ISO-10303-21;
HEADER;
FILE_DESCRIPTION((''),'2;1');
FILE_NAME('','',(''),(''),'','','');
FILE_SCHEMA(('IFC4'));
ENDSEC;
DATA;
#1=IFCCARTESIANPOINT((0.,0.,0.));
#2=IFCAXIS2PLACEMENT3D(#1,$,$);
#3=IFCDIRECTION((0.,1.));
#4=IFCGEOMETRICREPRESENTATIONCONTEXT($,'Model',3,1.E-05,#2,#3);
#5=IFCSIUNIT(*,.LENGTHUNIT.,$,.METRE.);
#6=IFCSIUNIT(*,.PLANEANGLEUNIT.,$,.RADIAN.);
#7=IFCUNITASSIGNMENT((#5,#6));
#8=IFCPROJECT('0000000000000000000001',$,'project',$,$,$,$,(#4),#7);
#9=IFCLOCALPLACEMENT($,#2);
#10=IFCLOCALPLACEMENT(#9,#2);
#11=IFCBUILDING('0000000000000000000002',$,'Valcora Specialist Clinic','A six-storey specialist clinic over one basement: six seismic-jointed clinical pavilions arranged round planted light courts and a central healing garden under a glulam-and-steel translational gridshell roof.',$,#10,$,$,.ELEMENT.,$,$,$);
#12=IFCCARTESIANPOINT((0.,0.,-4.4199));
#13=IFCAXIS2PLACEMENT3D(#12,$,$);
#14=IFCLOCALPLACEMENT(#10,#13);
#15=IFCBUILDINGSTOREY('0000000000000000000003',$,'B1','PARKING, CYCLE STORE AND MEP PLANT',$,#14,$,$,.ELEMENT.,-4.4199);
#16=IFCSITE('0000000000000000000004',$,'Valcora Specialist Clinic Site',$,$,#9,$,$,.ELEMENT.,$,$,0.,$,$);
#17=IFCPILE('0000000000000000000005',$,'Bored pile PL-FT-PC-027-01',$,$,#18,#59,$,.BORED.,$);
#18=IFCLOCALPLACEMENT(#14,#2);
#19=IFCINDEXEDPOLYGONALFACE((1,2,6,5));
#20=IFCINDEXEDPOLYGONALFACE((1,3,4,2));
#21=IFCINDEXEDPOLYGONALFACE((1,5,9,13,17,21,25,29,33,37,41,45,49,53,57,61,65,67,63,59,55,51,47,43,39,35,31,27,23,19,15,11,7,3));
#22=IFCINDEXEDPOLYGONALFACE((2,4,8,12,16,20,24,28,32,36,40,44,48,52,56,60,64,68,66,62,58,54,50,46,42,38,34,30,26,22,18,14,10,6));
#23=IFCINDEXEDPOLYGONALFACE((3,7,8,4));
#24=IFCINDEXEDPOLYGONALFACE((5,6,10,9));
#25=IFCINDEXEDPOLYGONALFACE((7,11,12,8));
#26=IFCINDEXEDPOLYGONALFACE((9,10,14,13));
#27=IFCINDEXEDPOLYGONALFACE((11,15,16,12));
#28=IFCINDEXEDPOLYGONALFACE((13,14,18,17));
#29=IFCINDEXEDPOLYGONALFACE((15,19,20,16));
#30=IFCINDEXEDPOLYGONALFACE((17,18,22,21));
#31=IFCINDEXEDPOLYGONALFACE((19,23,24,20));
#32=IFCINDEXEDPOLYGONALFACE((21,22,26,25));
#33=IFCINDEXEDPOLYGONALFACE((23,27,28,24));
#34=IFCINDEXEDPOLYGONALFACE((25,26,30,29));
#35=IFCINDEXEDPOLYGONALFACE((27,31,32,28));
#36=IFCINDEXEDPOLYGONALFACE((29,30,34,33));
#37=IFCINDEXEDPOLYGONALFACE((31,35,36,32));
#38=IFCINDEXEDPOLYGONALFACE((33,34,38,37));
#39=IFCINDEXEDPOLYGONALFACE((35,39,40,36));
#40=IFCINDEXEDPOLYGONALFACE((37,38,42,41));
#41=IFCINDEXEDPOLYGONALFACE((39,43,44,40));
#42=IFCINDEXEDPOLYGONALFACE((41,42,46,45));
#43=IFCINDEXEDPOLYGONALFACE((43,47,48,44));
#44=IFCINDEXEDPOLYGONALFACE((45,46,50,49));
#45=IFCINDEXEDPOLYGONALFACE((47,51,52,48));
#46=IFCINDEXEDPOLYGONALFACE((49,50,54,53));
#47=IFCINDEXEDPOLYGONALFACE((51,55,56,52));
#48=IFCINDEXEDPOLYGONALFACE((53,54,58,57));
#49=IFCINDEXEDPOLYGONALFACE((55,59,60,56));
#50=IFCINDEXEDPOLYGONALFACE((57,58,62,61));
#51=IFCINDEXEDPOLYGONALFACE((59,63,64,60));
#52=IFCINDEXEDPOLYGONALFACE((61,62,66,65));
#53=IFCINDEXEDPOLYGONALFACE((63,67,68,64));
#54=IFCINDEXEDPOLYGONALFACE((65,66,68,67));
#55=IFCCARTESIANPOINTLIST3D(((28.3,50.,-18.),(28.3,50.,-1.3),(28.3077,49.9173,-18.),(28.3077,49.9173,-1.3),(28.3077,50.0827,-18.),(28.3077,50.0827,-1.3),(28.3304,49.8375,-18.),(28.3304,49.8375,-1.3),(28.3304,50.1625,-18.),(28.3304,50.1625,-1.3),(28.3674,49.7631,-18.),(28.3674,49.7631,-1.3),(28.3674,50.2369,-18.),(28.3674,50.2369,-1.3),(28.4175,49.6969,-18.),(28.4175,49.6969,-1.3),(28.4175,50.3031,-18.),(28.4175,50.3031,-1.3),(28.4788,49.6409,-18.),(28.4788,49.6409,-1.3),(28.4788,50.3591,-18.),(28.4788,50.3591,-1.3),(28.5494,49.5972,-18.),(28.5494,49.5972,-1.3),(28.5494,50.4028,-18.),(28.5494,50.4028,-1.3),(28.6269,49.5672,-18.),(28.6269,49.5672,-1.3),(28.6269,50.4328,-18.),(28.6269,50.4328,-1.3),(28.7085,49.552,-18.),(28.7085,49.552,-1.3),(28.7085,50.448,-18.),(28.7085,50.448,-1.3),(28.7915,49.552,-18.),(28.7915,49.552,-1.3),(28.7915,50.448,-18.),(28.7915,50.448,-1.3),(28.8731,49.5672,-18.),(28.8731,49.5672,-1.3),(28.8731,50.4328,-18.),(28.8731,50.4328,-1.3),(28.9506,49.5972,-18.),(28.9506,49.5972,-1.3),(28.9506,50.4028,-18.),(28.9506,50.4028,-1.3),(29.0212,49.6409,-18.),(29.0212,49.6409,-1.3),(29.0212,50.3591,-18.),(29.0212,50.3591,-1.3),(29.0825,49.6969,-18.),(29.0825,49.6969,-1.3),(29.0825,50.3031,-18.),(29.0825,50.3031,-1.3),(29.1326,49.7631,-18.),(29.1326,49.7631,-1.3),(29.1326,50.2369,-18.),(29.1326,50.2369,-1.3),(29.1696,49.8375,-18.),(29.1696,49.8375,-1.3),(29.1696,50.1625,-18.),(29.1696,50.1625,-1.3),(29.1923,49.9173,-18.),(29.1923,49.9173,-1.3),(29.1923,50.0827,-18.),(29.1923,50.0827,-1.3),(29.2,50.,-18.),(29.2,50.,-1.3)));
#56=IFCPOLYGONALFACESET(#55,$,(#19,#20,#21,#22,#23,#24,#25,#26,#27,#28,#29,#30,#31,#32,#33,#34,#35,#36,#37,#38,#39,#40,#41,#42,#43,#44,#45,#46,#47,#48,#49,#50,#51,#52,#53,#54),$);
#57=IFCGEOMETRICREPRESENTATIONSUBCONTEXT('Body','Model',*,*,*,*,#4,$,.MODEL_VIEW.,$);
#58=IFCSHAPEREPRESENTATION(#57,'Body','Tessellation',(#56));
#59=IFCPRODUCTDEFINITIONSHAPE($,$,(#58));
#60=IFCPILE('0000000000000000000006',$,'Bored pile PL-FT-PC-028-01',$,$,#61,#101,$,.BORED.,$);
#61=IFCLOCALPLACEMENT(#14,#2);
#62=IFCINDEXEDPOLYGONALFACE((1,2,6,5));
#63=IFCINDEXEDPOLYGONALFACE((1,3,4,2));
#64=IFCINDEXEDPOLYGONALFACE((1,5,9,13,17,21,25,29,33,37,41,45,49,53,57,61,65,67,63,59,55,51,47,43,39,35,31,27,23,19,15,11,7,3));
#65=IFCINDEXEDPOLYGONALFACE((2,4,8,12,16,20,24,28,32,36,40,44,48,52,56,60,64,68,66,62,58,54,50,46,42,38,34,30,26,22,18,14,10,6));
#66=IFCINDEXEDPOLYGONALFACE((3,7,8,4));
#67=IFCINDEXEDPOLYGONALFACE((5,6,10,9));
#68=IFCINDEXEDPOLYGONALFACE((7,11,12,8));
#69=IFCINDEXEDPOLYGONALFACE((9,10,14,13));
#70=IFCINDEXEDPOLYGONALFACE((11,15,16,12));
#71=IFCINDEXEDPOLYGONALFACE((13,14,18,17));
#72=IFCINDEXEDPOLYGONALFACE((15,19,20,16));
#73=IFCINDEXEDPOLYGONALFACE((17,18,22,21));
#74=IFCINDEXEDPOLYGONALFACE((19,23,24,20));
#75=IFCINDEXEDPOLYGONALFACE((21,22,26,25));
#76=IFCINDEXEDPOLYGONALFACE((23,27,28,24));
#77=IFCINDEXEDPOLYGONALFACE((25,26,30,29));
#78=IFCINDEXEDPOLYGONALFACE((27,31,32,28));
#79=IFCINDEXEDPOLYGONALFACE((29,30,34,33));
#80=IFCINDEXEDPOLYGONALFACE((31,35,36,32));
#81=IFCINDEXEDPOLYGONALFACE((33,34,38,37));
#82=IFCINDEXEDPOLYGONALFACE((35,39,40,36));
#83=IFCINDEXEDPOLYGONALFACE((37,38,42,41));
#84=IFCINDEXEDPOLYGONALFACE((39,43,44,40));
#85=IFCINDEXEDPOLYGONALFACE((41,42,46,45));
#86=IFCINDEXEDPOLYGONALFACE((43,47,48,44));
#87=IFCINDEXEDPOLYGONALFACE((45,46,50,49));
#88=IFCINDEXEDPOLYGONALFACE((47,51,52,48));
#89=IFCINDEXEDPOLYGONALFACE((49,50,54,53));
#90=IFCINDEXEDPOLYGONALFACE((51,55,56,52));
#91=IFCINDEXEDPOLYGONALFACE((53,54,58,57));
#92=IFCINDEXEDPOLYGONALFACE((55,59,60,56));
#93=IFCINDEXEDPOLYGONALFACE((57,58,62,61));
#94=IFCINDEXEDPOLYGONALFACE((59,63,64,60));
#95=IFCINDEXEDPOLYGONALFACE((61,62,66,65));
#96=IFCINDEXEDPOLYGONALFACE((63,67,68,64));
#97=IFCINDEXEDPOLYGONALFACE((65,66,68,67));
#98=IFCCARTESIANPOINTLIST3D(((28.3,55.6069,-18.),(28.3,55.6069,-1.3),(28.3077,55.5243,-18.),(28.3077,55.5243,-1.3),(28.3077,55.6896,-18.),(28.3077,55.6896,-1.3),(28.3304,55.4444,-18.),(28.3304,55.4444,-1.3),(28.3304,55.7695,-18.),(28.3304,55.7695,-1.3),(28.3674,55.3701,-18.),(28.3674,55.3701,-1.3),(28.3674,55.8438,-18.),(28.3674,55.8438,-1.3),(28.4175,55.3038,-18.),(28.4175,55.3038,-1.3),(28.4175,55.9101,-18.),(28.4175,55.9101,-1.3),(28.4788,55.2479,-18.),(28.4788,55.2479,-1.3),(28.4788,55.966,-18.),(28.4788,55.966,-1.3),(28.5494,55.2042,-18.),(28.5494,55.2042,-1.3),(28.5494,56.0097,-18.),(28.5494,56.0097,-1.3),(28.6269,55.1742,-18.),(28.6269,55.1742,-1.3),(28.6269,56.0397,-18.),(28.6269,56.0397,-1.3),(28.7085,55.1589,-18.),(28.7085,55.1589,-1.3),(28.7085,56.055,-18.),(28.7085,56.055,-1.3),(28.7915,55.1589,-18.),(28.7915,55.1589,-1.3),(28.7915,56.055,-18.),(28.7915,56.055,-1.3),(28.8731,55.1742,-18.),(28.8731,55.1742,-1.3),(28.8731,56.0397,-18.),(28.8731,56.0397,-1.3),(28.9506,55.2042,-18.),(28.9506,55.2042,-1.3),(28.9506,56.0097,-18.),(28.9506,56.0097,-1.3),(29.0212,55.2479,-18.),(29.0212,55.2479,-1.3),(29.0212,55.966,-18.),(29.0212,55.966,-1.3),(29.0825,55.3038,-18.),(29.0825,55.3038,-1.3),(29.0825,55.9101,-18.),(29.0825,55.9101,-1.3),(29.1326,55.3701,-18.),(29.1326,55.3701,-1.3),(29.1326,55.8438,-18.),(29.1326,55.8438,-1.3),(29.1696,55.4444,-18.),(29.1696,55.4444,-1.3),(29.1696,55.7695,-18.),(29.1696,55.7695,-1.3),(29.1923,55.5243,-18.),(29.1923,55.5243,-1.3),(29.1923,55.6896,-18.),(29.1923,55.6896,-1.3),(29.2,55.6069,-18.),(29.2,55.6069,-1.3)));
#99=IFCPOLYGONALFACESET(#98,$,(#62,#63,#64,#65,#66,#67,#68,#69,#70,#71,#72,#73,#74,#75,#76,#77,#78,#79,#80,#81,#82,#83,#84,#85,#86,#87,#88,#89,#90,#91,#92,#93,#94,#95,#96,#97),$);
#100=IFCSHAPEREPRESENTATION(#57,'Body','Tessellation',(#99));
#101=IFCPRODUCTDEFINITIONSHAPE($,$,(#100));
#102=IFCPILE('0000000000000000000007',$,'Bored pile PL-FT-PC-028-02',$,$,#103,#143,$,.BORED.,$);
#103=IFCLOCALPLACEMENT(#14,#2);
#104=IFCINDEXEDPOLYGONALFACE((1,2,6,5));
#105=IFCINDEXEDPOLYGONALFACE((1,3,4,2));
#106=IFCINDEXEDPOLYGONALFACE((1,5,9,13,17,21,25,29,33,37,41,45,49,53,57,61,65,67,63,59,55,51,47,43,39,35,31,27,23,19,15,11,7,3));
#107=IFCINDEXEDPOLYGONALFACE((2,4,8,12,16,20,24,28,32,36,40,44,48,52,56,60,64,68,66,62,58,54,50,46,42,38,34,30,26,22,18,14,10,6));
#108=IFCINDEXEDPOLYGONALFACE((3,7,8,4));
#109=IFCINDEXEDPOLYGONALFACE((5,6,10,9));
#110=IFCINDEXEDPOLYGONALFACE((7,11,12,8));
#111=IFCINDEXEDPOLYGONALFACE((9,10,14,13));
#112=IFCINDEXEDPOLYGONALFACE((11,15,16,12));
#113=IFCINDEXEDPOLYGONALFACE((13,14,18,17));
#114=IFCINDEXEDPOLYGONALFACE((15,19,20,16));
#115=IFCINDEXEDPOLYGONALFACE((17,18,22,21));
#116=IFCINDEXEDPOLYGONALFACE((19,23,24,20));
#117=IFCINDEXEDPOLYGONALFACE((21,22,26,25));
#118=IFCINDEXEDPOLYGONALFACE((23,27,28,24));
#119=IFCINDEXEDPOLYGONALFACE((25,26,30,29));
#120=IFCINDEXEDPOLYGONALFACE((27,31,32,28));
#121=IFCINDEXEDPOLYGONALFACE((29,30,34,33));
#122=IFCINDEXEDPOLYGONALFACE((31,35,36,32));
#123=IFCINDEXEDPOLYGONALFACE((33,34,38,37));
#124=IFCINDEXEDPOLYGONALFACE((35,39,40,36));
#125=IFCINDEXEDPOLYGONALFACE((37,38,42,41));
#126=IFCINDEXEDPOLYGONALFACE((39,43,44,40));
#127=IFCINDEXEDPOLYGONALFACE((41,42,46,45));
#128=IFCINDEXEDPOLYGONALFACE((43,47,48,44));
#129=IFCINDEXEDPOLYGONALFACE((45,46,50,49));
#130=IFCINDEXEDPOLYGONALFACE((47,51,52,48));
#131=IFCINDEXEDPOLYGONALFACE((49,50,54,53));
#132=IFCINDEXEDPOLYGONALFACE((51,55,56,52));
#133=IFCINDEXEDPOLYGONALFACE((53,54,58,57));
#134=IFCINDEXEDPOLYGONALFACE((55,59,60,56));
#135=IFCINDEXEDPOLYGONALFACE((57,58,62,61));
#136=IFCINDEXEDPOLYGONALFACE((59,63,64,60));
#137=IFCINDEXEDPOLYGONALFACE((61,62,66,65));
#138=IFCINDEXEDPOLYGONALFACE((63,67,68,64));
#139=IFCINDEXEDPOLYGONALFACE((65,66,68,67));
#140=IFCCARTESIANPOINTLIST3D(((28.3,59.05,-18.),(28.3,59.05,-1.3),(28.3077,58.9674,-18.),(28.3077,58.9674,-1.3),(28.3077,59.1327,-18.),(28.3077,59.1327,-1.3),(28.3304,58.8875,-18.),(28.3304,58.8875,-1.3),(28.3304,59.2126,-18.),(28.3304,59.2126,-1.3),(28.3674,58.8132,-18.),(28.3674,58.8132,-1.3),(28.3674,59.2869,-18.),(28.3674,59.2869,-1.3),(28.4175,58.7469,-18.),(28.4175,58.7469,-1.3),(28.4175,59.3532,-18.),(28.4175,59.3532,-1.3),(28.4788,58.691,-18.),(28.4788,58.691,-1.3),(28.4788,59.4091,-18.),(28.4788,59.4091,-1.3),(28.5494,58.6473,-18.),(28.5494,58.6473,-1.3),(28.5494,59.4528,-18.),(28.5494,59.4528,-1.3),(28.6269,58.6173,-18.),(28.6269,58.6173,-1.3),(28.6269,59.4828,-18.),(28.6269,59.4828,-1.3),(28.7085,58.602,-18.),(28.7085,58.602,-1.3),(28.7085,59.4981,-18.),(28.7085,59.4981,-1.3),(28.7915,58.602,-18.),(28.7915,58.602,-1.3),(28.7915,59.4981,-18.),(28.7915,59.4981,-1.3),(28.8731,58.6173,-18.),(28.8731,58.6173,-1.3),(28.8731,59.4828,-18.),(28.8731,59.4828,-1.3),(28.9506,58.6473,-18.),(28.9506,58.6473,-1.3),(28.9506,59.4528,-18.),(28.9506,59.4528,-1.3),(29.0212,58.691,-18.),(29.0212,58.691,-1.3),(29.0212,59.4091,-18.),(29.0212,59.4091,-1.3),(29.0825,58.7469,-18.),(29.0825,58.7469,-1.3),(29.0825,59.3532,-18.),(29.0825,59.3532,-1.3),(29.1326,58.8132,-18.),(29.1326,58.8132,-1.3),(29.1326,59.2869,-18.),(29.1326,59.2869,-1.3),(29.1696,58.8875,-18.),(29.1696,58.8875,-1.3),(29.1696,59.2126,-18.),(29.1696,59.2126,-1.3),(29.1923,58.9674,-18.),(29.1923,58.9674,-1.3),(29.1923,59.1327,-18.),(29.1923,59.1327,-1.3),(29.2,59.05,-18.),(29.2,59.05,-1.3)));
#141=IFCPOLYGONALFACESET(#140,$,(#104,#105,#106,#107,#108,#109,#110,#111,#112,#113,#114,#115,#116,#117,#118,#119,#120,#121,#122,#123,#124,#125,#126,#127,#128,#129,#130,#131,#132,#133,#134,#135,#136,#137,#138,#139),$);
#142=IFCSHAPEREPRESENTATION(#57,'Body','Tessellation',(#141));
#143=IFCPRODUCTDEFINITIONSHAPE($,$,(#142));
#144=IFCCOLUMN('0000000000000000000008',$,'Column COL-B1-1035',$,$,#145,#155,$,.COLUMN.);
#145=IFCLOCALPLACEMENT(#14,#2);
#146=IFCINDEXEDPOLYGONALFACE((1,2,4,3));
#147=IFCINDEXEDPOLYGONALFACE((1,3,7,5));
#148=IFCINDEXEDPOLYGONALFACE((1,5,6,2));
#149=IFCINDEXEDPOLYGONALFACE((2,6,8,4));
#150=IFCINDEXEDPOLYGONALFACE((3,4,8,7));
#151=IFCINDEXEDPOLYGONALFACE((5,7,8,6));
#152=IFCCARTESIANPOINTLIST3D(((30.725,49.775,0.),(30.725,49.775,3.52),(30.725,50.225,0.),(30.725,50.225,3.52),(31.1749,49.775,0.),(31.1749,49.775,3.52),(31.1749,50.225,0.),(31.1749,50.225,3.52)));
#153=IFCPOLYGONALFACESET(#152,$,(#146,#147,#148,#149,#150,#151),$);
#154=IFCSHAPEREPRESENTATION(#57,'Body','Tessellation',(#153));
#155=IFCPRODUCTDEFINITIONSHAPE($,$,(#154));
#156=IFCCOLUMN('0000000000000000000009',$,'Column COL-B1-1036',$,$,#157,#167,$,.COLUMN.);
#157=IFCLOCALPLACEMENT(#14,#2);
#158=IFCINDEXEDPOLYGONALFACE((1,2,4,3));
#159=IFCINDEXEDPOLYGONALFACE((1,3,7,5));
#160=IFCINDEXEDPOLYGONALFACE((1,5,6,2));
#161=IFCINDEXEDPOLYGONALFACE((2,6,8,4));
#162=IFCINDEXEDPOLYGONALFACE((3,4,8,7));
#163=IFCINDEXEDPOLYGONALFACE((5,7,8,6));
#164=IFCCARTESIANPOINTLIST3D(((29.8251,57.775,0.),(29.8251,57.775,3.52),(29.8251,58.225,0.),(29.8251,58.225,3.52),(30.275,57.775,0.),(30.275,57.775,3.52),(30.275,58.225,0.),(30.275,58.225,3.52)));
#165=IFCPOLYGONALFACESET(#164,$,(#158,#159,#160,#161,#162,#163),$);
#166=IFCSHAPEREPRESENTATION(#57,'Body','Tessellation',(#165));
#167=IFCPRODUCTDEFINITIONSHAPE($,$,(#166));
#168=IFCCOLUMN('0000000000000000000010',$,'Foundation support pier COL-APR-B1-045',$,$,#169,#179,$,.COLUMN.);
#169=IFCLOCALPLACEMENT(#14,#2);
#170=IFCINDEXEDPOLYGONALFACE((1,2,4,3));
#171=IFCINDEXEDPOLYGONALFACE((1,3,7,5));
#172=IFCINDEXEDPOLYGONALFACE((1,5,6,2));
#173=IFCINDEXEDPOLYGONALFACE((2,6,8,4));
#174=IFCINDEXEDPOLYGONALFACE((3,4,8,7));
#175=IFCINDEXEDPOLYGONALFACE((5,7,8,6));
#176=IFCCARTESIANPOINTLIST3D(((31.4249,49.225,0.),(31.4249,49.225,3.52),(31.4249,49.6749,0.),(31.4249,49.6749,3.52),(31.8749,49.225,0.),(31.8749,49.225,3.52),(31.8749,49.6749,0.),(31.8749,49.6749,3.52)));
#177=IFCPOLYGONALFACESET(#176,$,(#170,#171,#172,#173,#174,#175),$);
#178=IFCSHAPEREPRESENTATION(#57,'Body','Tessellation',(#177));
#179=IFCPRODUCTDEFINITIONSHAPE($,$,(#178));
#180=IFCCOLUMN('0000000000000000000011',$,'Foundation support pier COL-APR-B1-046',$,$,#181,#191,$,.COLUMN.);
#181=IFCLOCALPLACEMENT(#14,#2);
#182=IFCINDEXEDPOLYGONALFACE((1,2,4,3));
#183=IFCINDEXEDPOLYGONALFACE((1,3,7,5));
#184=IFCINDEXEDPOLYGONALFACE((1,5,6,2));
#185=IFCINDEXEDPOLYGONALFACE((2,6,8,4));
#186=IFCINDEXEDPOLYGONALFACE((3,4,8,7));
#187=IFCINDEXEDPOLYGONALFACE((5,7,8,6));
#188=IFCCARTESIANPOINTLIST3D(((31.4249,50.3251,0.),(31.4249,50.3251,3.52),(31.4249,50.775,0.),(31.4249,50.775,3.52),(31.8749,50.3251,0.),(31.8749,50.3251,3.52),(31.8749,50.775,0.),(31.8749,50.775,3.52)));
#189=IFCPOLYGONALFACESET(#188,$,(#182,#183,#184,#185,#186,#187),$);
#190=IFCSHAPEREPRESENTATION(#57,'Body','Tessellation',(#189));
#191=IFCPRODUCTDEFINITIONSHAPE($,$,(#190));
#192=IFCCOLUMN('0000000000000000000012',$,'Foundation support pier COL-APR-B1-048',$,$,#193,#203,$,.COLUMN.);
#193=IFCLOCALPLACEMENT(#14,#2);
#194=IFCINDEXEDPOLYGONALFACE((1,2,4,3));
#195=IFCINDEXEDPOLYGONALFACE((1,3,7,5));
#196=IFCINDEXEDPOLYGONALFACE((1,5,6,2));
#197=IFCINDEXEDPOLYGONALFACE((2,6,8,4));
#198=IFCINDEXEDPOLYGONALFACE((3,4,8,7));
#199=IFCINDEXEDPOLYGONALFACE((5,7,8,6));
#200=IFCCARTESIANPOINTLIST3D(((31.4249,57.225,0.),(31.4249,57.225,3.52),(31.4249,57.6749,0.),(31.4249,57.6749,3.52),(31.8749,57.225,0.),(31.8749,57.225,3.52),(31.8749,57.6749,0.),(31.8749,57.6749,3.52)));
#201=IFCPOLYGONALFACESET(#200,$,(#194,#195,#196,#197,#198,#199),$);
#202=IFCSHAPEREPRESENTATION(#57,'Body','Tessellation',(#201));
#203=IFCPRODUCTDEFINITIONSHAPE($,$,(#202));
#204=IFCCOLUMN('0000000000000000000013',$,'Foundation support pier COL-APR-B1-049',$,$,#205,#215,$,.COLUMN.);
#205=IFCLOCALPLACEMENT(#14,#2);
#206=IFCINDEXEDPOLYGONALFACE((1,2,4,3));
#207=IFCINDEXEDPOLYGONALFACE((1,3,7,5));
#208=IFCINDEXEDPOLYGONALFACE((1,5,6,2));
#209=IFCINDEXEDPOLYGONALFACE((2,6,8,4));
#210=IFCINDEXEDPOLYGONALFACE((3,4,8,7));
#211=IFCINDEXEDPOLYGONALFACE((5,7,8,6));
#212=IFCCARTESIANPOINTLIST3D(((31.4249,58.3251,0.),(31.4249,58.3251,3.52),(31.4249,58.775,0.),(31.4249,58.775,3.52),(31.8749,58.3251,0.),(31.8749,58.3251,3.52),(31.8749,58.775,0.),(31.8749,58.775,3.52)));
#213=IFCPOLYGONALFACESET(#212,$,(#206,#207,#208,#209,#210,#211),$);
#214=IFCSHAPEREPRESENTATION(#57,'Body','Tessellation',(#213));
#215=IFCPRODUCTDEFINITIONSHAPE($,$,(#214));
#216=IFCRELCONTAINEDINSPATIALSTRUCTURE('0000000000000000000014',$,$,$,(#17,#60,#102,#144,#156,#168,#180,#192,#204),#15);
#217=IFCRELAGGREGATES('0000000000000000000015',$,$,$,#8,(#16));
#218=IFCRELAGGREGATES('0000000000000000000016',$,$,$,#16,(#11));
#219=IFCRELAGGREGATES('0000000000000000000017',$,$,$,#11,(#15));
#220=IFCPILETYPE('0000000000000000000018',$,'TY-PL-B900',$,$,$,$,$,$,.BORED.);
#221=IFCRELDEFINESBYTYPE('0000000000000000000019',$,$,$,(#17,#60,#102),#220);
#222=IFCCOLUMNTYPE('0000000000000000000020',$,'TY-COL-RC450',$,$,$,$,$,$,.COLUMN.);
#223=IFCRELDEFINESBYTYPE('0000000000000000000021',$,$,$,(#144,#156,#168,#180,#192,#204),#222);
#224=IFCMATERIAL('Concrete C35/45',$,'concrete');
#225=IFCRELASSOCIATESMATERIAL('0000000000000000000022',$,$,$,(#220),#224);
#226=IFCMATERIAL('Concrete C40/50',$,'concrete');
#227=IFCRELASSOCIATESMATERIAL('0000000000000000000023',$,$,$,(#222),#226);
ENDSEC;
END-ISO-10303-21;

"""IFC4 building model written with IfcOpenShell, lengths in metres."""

from ifc_helpers import new_model, si_unit, direction, frame, origin, origin_2d, place, context, subcontext, project, spatial, rectangle, circle, extrude, material, material_profile, profile_set, type_object, element, save


model = new_model("IFC4")

# Units and contexts
model_context = context("Model", 3, precision=1e-05, world=origin(), true_north=direction((0.0, 1.0)))
body_context = subcontext(model_context, "Body", "Model", "MODEL_VIEW")
ifc_project = project(units=[si_unit("LENGTHUNIT", "METRE"), si_unit("PLANEANGLEUNIT", "RADIAN")], contexts=[model_context])

# Site, building, storey
site_placement = place(None, origin())
site = spatial("IfcSite", under=ifc_project, at=site_placement, Name="Valcora Specialist Clinic Site", CompositionType="ELEMENT", RefElevation=0.0)
building_placement = place(site_placement, origin())
building = spatial("IfcBuilding", under=site, at=building_placement, Name="Valcora Specialist Clinic", Description="A six-storey specialist clinic over one basement: six seismic-jointed clinical pavilions arranged round planted light courts and a central healing garden under a glulam-and-steel translational gridshell roof.", CompositionType="ELEMENT")
storey_placement = place(building_placement, frame((0.0, 0.0, -4.4199)))
storey = spatial("IfcBuildingStorey", under=building, at=storey_placement, Name="B1", Description="PARKING, CYCLE STORE AND MEP PLANT", CompositionType="ELEMENT", Elevation=-4.4199)

# Shared definitions
ifc_material_1 = material(Name="Concrete C35/45", Category="concrete")

# Piles
ifc_material_profile_1 = material_profile(ifc_material_1, circle(Radius=0.45, at=origin_2d()), Name="RC-PIL-D900")
ifc_profile_set_1 = profile_set([ifc_material_profile_1], Name="Concrete C35/45")
pile_type_1 = type_object("IfcPileType", Name="TY-PL-B900", PredefinedType="BORED", material=ifc_profile_set_1)
for number, where, z_axis, x_axis, name in (
    (1, (28.75, 50.0, -1.3), (0.0, 0.0, -1.0), (1.0, 0.0, 0.0), "Bored pile PL-FT-PC-027-01"),
    (2, (28.75, 55.6069, -1.3), (0.0, 0.0, -1.0), (1.0, 0.0, 0.0), "Bored pile PL-FT-PC-028-01"),
    (3, (28.75, 59.05, -1.3), (0.0, 0.0, -1.0), (1.0, 0.0, 0.0), "Bored pile PL-FT-PC-028-02"),
):
    element("IfcPile", number, at=place(storey_placement, frame(where, z_axis=z_axis, x_axis=x_axis)), inside=storey, type_object=pile_type_1, Name=name, PredefinedType="BORED", context=body_context, shape_type="SweptSolid", body=[
        extrude(circle(Radius=0.45, at=origin_2d()), origin(), (0.0, 0.0, 1.0), 16.7),
    ])

# Columns
ifc_material_2 = material(Name="Concrete C40/50", Category="concrete")
ifc_material_profile_2 = material_profile(ifc_material_2, rectangle(XDim=0.45, YDim=0.45, at=origin_2d()), Name="RC-COL-450X450")
ifc_profile_set_2 = profile_set([ifc_material_profile_2], Name="Concrete C40/50")
column_type_1 = type_object("IfcColumnType", Name="TY-COL-RC450", PredefinedType="COLUMN", material=ifc_profile_set_2)
for number, where, z_axis, x_axis, name in (
    (4, (30.95, 50.0, 0.0), (0.0, 0.0, 1.0), (1.0, 0.0, 0.0), "Column COL-B1-1035"),
    (5, (30.05, 58.0, 0.0), (0.0, 0.0, 1.0), (1.0, 0.0, 0.0), "Column COL-B1-1036"),
    (6, (31.6499, 49.45, 0.0), (0.0, 0.0, 1.0), (1.0, 0.0, 0.0), "Foundation support pier COL-APR-B1-045"),
    (7, (31.6499, 50.55, 0.0), (0.0, 0.0, 1.0), (1.0, 0.0, 0.0), "Foundation support pier COL-APR-B1-046"),
    (8, (31.6499, 57.45, 0.0), (0.0, 0.0, 1.0), (1.0, 0.0, 0.0), "Foundation support pier COL-APR-B1-048"),
    (9, (31.6499, 58.55, 0.0), (0.0, 0.0, 1.0), (1.0, 0.0, 0.0), "Foundation support pier COL-APR-B1-049"),
):
    element("IfcColumn", number, at=place(storey_placement, frame(where, z_axis=z_axis, x_axis=x_axis)), inside=storey, type_object=column_type_1, Name=name, PredefinedType="COLUMN", context=body_context, shape_type="SweptSolid", body=[
        extrude(rectangle(XDim=0.45, YDim=0.45, at=origin_2d()), origin(), (0.0, 0.0, 1.0), 3.52),
    ])

save(model, "model.ifc")
